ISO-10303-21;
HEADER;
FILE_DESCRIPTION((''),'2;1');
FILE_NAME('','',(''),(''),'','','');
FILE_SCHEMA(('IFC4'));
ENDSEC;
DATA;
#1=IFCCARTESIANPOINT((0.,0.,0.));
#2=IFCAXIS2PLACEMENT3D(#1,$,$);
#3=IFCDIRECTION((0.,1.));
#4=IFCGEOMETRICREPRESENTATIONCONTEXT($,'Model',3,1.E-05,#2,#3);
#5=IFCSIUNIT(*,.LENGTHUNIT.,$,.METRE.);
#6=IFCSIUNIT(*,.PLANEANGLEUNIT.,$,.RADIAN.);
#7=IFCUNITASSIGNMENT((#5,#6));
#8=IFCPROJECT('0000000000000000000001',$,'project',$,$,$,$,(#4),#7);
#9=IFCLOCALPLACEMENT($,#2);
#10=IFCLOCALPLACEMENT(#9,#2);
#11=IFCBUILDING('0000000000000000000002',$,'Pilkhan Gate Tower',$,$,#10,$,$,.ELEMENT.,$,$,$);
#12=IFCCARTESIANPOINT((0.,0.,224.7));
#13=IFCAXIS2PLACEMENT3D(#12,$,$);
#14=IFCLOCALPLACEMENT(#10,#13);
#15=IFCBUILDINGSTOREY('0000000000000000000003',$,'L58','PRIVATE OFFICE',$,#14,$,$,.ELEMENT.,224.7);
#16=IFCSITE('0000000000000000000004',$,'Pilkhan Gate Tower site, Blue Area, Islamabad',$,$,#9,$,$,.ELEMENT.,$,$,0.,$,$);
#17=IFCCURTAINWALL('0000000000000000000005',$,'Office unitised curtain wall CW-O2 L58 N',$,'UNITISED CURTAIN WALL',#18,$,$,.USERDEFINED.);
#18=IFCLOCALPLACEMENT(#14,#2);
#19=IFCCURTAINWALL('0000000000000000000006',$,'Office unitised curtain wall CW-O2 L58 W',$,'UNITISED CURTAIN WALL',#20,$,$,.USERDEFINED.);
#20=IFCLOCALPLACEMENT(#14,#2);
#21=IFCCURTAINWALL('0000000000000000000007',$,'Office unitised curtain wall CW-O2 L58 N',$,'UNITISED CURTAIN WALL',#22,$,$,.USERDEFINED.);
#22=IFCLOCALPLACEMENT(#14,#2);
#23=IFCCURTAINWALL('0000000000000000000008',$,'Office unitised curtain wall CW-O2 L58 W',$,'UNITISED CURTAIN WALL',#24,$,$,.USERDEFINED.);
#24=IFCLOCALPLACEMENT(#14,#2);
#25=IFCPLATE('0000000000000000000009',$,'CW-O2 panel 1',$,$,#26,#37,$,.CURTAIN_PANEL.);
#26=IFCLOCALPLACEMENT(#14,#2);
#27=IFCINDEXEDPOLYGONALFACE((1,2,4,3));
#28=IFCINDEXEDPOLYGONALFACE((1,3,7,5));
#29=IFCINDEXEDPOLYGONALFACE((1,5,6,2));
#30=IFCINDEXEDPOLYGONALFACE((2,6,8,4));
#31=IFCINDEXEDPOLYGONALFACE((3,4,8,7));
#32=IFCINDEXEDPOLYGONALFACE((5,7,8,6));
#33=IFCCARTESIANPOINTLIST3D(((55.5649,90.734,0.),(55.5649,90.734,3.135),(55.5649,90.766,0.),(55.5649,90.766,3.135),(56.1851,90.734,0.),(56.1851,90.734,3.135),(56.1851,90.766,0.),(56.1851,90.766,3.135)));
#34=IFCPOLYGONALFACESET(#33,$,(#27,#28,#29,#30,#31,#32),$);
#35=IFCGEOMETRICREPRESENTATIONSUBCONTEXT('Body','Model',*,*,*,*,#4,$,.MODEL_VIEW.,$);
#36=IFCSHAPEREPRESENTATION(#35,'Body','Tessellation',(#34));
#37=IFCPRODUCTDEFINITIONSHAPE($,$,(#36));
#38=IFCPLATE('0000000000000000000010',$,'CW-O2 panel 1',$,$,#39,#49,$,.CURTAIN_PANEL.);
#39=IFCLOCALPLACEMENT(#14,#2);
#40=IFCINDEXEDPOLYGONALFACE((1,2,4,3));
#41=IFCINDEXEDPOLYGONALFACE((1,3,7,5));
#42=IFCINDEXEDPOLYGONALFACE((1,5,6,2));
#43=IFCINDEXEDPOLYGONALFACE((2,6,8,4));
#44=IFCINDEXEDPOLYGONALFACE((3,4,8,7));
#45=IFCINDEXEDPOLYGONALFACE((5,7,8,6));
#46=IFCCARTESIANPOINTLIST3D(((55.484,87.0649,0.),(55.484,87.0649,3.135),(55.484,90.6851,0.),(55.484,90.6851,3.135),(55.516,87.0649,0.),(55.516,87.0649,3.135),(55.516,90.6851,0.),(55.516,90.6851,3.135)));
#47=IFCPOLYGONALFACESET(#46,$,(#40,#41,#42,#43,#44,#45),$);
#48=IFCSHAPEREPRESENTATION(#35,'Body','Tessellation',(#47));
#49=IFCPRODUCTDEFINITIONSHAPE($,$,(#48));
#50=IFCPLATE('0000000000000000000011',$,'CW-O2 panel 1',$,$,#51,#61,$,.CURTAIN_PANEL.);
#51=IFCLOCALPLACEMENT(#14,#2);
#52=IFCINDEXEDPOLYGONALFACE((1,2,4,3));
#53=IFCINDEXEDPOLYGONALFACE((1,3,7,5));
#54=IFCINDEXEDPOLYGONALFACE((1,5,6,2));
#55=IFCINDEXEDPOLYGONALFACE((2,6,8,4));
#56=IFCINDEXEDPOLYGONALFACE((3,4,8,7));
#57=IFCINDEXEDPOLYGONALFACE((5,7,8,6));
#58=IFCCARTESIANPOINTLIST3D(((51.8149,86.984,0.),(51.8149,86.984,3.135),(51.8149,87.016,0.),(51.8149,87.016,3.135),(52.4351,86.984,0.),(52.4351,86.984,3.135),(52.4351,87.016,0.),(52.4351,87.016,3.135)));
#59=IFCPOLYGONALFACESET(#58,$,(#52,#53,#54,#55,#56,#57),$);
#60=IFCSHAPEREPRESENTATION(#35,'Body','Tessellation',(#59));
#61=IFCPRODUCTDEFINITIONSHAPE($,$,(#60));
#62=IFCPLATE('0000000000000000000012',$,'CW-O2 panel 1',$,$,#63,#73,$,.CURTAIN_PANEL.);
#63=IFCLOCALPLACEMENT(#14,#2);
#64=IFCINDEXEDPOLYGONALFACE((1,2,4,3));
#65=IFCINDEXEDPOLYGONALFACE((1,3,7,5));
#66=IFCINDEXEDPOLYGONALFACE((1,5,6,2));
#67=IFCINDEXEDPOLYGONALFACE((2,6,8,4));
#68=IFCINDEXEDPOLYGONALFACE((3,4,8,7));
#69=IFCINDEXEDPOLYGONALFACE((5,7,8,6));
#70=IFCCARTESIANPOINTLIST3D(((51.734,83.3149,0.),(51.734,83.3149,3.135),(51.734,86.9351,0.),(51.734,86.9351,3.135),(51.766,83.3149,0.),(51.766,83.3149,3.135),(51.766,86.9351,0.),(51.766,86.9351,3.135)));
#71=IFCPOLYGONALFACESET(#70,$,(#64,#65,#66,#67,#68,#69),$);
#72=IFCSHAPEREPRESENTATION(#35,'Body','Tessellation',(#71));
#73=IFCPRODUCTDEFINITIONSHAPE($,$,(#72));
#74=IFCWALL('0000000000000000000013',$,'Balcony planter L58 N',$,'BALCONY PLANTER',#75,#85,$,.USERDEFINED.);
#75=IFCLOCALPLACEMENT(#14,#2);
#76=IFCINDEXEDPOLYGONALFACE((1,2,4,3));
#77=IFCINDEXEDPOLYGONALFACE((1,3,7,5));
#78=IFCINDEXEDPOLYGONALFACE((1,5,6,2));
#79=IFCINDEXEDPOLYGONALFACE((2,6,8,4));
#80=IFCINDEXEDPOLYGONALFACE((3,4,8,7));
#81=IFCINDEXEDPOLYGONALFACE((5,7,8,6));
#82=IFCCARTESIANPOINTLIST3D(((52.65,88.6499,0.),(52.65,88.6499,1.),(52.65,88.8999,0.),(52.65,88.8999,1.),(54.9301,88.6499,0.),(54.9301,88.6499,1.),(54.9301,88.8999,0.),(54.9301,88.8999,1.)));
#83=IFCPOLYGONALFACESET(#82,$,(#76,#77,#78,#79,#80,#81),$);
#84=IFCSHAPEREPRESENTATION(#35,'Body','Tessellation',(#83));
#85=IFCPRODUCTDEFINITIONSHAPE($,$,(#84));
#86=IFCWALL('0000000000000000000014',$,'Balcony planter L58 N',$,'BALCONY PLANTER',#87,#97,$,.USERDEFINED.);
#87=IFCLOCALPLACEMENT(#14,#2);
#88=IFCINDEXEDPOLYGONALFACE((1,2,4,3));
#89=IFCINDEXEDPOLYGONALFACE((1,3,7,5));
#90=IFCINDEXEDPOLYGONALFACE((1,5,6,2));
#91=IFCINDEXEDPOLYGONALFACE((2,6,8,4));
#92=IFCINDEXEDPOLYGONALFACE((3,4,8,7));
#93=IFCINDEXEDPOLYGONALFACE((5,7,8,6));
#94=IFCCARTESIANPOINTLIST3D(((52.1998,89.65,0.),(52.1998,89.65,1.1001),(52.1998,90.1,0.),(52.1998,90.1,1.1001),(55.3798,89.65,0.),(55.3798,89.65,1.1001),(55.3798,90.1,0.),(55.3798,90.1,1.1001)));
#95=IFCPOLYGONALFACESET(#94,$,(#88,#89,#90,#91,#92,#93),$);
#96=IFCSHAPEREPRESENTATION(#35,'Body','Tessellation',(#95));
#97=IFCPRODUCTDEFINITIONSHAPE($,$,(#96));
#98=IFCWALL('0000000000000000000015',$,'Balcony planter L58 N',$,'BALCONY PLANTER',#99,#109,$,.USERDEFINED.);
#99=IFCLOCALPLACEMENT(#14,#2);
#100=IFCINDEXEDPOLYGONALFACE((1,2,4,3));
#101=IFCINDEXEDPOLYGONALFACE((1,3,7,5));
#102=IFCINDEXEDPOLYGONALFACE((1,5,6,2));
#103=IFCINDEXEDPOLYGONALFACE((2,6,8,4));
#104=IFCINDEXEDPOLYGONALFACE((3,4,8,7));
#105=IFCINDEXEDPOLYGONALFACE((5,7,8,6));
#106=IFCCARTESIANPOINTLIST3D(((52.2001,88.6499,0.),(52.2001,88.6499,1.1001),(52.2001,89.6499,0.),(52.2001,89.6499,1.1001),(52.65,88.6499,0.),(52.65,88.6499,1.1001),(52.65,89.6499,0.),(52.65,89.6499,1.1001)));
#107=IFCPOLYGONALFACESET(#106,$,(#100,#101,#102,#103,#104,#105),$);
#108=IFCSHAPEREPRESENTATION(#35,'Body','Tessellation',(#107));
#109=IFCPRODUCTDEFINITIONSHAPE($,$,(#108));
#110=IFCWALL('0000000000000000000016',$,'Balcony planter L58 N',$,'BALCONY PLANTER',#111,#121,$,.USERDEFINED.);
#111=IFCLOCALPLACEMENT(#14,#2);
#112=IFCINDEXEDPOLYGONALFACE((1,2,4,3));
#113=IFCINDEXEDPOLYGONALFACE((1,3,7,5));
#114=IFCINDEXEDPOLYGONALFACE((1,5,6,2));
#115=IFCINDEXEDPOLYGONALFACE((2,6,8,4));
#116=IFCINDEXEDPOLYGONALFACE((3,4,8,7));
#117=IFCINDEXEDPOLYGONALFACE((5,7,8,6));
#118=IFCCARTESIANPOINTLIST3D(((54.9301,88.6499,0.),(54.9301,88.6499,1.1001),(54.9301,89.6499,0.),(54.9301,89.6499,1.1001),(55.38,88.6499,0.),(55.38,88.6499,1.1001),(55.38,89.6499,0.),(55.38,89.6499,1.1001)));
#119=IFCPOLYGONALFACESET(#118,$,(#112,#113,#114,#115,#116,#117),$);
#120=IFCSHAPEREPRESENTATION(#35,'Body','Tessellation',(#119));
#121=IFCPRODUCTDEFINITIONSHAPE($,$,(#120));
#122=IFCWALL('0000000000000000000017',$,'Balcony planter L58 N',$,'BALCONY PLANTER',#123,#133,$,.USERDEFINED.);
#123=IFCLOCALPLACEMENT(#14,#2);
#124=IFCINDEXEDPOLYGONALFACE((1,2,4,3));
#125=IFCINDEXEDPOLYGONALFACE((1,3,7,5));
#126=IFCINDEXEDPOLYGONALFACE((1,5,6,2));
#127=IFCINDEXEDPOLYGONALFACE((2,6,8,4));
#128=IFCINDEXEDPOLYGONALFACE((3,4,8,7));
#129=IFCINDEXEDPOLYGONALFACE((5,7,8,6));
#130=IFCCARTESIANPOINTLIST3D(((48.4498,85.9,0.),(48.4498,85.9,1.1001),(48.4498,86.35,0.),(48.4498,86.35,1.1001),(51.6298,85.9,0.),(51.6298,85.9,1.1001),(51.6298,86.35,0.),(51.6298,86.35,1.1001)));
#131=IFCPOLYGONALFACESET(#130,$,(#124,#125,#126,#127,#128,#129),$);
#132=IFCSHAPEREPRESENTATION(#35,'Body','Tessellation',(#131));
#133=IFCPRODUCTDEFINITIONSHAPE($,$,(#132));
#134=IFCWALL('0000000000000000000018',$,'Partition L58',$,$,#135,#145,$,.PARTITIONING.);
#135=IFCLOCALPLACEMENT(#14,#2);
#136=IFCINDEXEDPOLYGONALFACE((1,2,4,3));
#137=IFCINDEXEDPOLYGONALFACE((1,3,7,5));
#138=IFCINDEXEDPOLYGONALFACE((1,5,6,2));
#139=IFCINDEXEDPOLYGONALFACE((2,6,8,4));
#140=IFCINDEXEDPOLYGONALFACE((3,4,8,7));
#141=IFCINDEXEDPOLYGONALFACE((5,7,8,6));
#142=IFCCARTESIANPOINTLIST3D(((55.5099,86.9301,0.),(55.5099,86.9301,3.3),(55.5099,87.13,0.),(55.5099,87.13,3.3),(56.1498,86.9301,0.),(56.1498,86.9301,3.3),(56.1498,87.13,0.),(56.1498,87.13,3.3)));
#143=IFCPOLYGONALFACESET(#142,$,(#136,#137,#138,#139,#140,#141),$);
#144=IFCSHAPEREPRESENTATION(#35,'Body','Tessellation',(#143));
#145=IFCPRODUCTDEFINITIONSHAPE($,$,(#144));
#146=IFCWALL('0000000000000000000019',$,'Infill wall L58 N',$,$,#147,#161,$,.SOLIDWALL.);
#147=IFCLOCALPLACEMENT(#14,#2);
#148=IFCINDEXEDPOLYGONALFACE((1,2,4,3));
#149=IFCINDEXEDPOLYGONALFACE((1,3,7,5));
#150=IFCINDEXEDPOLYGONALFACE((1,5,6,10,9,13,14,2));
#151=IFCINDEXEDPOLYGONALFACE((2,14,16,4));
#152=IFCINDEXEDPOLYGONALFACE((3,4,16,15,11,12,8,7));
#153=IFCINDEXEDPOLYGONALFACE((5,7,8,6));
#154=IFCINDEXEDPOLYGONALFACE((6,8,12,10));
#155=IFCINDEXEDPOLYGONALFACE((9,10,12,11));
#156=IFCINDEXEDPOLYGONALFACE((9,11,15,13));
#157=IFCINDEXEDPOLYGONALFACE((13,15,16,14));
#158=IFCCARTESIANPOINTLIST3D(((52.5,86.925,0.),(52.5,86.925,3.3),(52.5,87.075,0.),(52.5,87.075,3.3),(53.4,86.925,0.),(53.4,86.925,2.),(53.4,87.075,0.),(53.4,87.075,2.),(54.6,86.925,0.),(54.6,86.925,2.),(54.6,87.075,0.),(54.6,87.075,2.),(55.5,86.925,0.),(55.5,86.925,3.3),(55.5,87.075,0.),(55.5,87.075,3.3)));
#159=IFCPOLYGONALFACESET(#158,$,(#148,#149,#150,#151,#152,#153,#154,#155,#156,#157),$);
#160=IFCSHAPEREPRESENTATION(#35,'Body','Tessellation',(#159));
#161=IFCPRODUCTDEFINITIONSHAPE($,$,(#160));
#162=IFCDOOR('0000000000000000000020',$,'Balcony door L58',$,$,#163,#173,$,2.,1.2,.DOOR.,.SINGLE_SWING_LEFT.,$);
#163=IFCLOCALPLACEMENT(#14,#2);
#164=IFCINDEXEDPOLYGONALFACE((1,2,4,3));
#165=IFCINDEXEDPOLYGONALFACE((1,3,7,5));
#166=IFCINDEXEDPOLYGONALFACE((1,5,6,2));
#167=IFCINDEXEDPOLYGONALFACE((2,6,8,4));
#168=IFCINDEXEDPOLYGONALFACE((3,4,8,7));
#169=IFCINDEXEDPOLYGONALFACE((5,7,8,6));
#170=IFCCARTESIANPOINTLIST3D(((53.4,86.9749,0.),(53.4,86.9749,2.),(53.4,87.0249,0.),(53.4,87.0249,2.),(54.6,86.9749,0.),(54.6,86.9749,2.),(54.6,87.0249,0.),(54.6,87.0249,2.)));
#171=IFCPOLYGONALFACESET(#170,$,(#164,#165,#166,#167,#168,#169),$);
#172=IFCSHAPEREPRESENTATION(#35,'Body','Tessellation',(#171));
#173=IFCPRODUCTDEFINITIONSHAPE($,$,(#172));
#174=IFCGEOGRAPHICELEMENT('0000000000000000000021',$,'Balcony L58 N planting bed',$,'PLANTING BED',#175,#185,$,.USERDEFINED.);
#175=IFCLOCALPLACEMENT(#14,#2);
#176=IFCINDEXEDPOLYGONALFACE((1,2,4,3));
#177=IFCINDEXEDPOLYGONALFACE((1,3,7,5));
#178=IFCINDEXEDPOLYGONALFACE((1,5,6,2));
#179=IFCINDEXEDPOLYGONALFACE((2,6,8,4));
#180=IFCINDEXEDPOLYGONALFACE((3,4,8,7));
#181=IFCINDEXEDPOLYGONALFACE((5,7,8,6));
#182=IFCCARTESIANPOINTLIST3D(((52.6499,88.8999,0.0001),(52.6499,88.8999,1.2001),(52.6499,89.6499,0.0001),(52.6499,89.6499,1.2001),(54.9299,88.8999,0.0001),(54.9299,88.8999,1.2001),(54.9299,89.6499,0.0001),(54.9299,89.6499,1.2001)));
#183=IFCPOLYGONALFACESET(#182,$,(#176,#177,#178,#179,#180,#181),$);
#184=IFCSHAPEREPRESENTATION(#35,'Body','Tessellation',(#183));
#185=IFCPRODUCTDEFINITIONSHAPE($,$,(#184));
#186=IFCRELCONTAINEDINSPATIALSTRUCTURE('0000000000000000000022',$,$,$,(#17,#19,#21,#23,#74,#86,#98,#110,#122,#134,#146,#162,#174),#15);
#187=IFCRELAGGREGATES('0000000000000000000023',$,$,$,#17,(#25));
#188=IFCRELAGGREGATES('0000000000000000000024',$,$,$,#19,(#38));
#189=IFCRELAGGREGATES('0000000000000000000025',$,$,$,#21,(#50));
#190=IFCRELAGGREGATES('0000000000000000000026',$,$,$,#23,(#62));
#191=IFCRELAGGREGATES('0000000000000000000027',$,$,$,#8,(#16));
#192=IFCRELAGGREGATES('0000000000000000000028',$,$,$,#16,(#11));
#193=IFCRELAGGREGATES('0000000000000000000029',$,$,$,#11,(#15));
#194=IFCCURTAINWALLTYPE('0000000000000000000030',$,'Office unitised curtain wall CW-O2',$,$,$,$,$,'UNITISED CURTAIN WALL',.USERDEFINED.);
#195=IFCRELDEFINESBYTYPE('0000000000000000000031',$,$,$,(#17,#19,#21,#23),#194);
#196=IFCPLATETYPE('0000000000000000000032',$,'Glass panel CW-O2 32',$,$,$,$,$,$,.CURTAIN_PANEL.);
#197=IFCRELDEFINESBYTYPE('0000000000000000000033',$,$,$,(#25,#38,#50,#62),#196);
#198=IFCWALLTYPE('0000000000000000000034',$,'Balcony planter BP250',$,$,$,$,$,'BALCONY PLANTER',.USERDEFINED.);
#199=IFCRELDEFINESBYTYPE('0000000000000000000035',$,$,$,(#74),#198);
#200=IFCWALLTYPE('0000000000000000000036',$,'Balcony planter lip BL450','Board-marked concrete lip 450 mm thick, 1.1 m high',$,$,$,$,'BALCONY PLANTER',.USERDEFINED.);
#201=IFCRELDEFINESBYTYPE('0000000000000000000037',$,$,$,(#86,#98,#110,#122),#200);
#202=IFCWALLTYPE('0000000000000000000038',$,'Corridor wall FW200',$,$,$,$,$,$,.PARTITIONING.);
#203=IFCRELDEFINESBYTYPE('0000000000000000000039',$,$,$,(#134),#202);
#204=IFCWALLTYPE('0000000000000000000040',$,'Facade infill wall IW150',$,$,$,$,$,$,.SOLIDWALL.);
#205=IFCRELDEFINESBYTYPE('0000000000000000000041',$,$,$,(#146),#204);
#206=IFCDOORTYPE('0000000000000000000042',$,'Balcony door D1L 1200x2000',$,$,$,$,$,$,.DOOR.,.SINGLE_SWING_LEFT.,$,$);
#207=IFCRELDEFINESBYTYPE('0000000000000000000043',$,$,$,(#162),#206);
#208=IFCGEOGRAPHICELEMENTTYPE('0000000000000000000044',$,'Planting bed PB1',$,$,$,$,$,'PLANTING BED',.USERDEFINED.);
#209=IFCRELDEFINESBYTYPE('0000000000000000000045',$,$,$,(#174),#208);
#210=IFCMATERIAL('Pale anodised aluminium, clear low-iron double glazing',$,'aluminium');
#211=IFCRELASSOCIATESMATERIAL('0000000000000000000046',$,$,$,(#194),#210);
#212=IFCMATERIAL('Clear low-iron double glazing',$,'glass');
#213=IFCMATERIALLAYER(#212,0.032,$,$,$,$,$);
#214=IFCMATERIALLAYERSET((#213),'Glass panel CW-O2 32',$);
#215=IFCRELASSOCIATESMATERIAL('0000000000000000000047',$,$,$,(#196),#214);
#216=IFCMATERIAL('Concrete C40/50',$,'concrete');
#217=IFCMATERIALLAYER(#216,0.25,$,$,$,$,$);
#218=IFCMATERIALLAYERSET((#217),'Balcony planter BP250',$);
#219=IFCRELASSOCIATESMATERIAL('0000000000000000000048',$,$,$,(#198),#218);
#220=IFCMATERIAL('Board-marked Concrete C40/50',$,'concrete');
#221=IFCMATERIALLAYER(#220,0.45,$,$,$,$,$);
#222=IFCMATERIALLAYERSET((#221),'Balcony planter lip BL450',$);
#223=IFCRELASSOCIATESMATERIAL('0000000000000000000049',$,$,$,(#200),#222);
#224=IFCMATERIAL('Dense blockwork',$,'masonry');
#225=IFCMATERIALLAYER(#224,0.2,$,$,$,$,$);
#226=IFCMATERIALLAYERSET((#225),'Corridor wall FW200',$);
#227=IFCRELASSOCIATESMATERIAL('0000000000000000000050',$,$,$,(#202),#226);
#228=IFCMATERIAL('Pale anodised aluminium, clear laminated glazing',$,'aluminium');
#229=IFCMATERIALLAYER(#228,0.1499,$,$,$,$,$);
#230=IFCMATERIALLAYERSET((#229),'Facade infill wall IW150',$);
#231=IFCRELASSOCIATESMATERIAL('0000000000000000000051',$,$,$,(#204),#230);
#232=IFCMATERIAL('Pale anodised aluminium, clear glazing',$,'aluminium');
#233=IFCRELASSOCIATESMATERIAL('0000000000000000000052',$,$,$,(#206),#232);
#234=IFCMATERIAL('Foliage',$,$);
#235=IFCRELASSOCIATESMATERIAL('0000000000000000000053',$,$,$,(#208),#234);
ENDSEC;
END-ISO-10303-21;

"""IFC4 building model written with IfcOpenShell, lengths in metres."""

from ifc_helpers import new_model, si_unit, direction, frame, frame_2d, origin, origin_2d, place, context, subcontext, project, spatial, rectangle, extrude, material, layer, layer_set, material_profile, profile_set, type_object, element, fill, aggregate, save


model = new_model("IFC4")

# Units and contexts
model_context = context("Model", 3, precision=1e-05, world=origin(), true_north=direction((0.0, 1.0)))
body_context = subcontext(model_context, "Body", "Model", "MODEL_VIEW")
ifc_project = project(units=[si_unit("LENGTHUNIT", "METRE"), si_unit("PLANEANGLEUNIT", "RADIAN")], contexts=[model_context])

# Site, building, storey
site_placement = place(None, origin())
site = spatial("IfcSite", under=ifc_project, at=site_placement, Name="Pilkhan Gate Tower site, Blue Area, Islamabad", CompositionType="ELEMENT", RefElevation=0.0)
building_placement = place(site_placement, origin())
building = spatial("IfcBuilding", under=site, at=building_placement, Name="Pilkhan Gate Tower", CompositionType="ELEMENT")
storey_placement = place(building_placement, frame((0.0, 0.0, 224.7)))
storey = spatial("IfcBuildingStorey", under=building, at=storey_placement, Name="L58", Description="PRIVATE OFFICE", CompositionType="ELEMENT", Elevation=224.7)

# Curtain wall
ifc_material_1 = material(Name="Pale anodised aluminium, clear low-iron double glazing", Category="aluminium")
curtain_wall_type = type_object("IfcCurtainWallType", Name="Office unitised curtain wall CW-O2", ElementType="UNITISED CURTAIN WALL", PredefinedType="USERDEFINED", material=ifc_material_1)
curtain_wall_1_placement = place(storey_placement, origin())
curtain_wall_1 = element("IfcCurtainWall", 1, at=curtain_wall_1_placement, inside=storey, type_object=curtain_wall_type, Name="Office unitised curtain wall CW-O2 L58 N", ObjectType="UNITISED CURTAIN WALL", PredefinedType="USERDEFINED")

# Curtain walls
curtain_wall_2_placement = place(storey_placement, origin())
curtain_wall_2 = element("IfcCurtainWall", 2, at=curtain_wall_2_placement, inside=storey, type_object=curtain_wall_type, Name="Office unitised curtain wall CW-O2 L58 W", ObjectType="UNITISED CURTAIN WALL", PredefinedType="USERDEFINED")
curtain_wall_3_placement = place(storey_placement, origin())
curtain_wall_3 = element("IfcCurtainWall", 3, at=curtain_wall_3_placement, inside=storey, type_object=curtain_wall_type, Name="Office unitised curtain wall CW-O2 L58 N", ObjectType="UNITISED CURTAIN WALL", PredefinedType="USERDEFINED")

# Curtain wall
curtain_wall_4_placement = place(storey_placement, origin())
curtain_wall_4 = element("IfcCurtainWall", 4, at=curtain_wall_4_placement, inside=storey, type_object=curtain_wall_type, Name="Office unitised curtain wall CW-O2 L58 W", ObjectType="UNITISED CURTAIN WALL", PredefinedType="USERDEFINED")

# Plates
ifc_material_2 = material(Name="Clear low-iron double glazing", Category="glass")
ifc_layer_1 = layer(ifc_material_2, 0.032)
ifc_layer_set_1 = layer_set([ifc_layer_1], Name="Glass panel CW-O2 32")
plate_type = type_object("IfcPlateType", Name="Glass panel CW-O2 32", PredefinedType="CURTAIN_PANEL", material=ifc_layer_set_1)
plate_1_placement = place(storey_placement, frame((55.875, 90.75, 0.0), z_axis=(0.0, 0.0, 1.0), x_axis=(1.0, 0.0, 0.0)))
plate_1 = element("IfcPlate", 5, at=plate_1_placement, type_object=plate_type, Name="CW-O2 panel 1", PredefinedType="CURTAIN_PANEL", context=body_context, shape_type="SweptSolid", body=[
    extrude(rectangle(XDim=0.6201, YDim=0.032, at=origin_2d()), origin(), (0.0, 0.0, 1.0), 3.135),
])
aggregate(curtain_wall_1, [plate_1])
plate_2_placement = place(storey_placement, frame((55.5, 88.875, 0.0), z_axis=(0.0, 0.0, 1.0), x_axis=(0.0, 1.0, 0.0)))
plate_2 = element("IfcPlate", 6, at=plate_2_placement, type_object=plate_type, Name="CW-O2 panel 1", PredefinedType="CURTAIN_PANEL", context=body_context, shape_type="SweptSolid", body=[
    extrude(rectangle(XDim=3.6201, YDim=0.032, at=origin_2d()), origin(), (0.0, 0.0, 1.0), 3.135),
])
aggregate(curtain_wall_2, [plate_2])
plate_3_placement = place(storey_placement, frame((52.125, 87.0, 0.0), z_axis=(0.0, 0.0, 1.0), x_axis=(1.0, 0.0, 0.0)))
plate_3 = element("IfcPlate", 7, at=plate_3_placement, type_object=plate_type, Name="CW-O2 panel 1", PredefinedType="CURTAIN_PANEL", context=body_context, shape_type="SweptSolid", body=[
    extrude(rectangle(XDim=0.6201, YDim=0.032, at=origin_2d()), origin(), (0.0, 0.0, 1.0), 3.135),
])
aggregate(curtain_wall_3, [plate_3])
plate_4_placement = place(storey_placement, frame((51.75, 85.125, 0.0), z_axis=(0.0, 0.0, 1.0), x_axis=(0.0, 1.0, 0.0)))
plate_4 = element("IfcPlate", 8, at=plate_4_placement, type_object=plate_type, Name="CW-O2 panel 1", PredefinedType="CURTAIN_PANEL", context=body_context, shape_type="SweptSolid", body=[
    extrude(rectangle(XDim=3.6201, YDim=0.032, at=origin_2d()), origin(), (0.0, 0.0, 1.0), 3.135),
])
aggregate(curtain_wall_4, [plate_4])

# Walls
ifc_material_3 = material(Name="Concrete C40/50", Category="concrete")
ifc_layer_2 = layer(ifc_material_3, 0.25)
ifc_layer_set_2 = layer_set([ifc_layer_2], Name="Balcony planter BP250")
wall_type_1 = type_object("IfcWallType", Name="Balcony planter BP250", ElementType="BALCONY PLANTER", PredefinedType="USERDEFINED", material=ifc_layer_set_2)
wall_1_placement = place(storey_placement, frame((52.6499, 88.7749, 0.0), z_axis=(0.0, 0.0, 1.0), x_axis=(1.0, 0.0, 0.0)))
element("IfcWall", 9, at=wall_1_placement, inside=storey, type_object=wall_type_1, Name="Balcony planter L58 N", ObjectType="BALCONY PLANTER", PredefinedType="USERDEFINED", context=body_context, shape_type="SweptSolid", body=[
    extrude(rectangle(XDim=2.28, YDim=0.25, at=frame_2d((1.1401, 0.0))), origin(), (0.0, 0.0, 1.0), 1.0),
])
ifc_material_4 = material(Name="Board-marked Concrete C40/50", Category="concrete")
ifc_layer_3 = layer(ifc_material_4, 0.45)
ifc_layer_set_3 = layer_set([ifc_layer_3], Name="Balcony planter lip BL450")
wall_type_2 = type_object("IfcWallType", Name="Balcony planter lip BL450", Description="Board-marked concrete lip 450 mm thick, 1.1 m high", ElementType="BALCONY PLANTER", PredefinedType="USERDEFINED", material=ifc_layer_set_3)
wall_2_placement = place(storey_placement, frame((52.2, 89.875, 0.0), z_axis=(0.0, 0.0, 1.0), x_axis=(1.0, 0.0, 0.0)))
element("IfcWall", 10, at=wall_2_placement, inside=storey, type_object=wall_type_2, Name="Balcony planter L58 N", ObjectType="BALCONY PLANTER", PredefinedType="USERDEFINED", context=body_context, shape_type="SweptSolid", body=[
    extrude(rectangle(XDim=3.1799, YDim=0.45, at=frame_2d((1.5898, 0.0))), origin(), (0.0, 0.0, 1.0), 1.1001),
])
for number, where, z_axis, x_axis, name in (
    (11, (52.425, 88.6499, 0.0), (0.0, 0.0, 1.0), (0.0, 1.0, 0.0), "Balcony planter L58 N"),
    (12, (55.155, 88.6499, 0.0), (0.0, 0.0, 1.0), (0.0, 1.0, 0.0), "Balcony planter L58 N"),
):
    element("IfcWall", number, at=place(storey_placement, frame(where, z_axis=z_axis, x_axis=x_axis)), inside=storey, type_object=wall_type_2, Name=name, ObjectType="BALCONY PLANTER", PredefinedType="USERDEFINED", context=body_context, shape_type="SweptSolid", body=[
        extrude(rectangle(XDim=1.0, YDim=0.45, at=frame_2d((0.5, 0.0))), origin(), (0.0, 0.0, 1.0), 1.1001),
    ])
wall_3_placement = place(storey_placement, frame((48.45, 86.125, 0.0), z_axis=(0.0, 0.0, 1.0), x_axis=(1.0, 0.0, 0.0)))
element("IfcWall", 13, at=wall_3_placement, inside=storey, type_object=wall_type_2, Name="Balcony planter L58 N", ObjectType="BALCONY PLANTER", PredefinedType="USERDEFINED", context=body_context, shape_type="SweptSolid", body=[
    extrude(rectangle(XDim=3.1799, YDim=0.45, at=frame_2d((1.5898, 0.0))), origin(), (0.0, 0.0, 1.0), 1.1001),
])
ifc_material_5 = material(Name="Dense blockwork", Category="masonry")
ifc_layer_4 = layer(ifc_material_5, 0.2)
ifc_layer_set_4 = layer_set([ifc_layer_4], Name="Corridor wall FW200")
wall_type_3 = type_object("IfcWallType", Name="Corridor wall FW200", PredefinedType="PARTITIONING", material=ifc_layer_set_4)
wall_4_placement = place(storey_placement, frame((55.51, 87.03, 0.0), z_axis=(0.0, 0.0, 1.0), x_axis=(1.0, 0.0, 0.0)))
element("IfcWall", 14, at=wall_4_placement, inside=storey, type_object=wall_type_3, Name="Partition L58", PredefinedType="PARTITIONING", context=body_context, shape_type="SweptSolid", body=[
    extrude(rectangle(XDim=0.6399, YDim=0.2, at=frame_2d((0.3198, 0.0))), origin(), (0.0, 0.0, 1.0), 3.3),
])

# Wall, opening, door
ifc_material_6 = material(Name="Pale anodised aluminium, clear laminated glazing", Category="aluminium")
ifc_layer_5 = layer(ifc_material_6, 0.1499)
ifc_layer_set_5 = layer_set([ifc_layer_5], Name="Facade infill wall IW150")
wall_type_4 = type_object("IfcWallType", Name="Facade infill wall IW150", PredefinedType="SOLIDWALL", material=ifc_layer_set_5)
wall_5_placement = place(storey_placement, frame((52.5, 87.0, 0.0), z_axis=(0.0, 0.0, 1.0), x_axis=(1.0, 0.0, 0.0)))
wall_5 = element("IfcWall", 15, at=wall_5_placement, inside=storey, type_object=wall_type_4, Name="Infill wall L58 N", PredefinedType="SOLIDWALL", context=body_context, shape_type="SweptSolid", body=[
    extrude(rectangle(XDim=3.0, YDim=0.1499, at=frame_2d((1.5, 0.0))), origin(), (0.0, 0.0, 1.0), 3.3),
])
opening_placement = place(wall_5_placement, frame((0.8999, 0.0, 0.0)))
opening = element("IfcOpeningElement", 16, at=opening_placement, cuts=wall_5, PredefinedType="OPENING", context=body_context, shape_type="SweptSolid", body=[
    extrude(rectangle(XDim=1.2, YDim=2.0, at=frame_2d((0.6001, 1.0))), frame((0.0, 0.085, 0.0), z_axis=(0.0, -1.0, 0.0), x_axis=(1.0, 0.0, 0.0)), (0.0, 0.0, 1.0), 0.1699),
])
ifc_material_7 = material(Name="Pale anodised aluminium, clear glazing", Category="aluminium")
door_type = type_object("IfcDoorType", Name="Balcony door D1L 1200x2000", OperationType="SINGLE_SWING_LEFT", PredefinedType="DOOR", material=ifc_material_7)
door_placement = place(opening_placement, origin())
door = element("IfcDoor", 17, at=door_placement, inside=storey, type_object=door_type, Name="Balcony door L58", OperationType="SINGLE_SWING_LEFT", OverallHeight=2.0, OverallWidth=1.2, PredefinedType="DOOR", context=body_context, shape_type="SweptSolid", body=[
    extrude(rectangle(XDim=1.2, YDim=2.0, at=frame_2d((0.6001, 1.0))), frame((0.0, 0.0249, 0.0), z_axis=(0.0, -1.0, 0.0), x_axis=(1.0, 0.0, 0.0)), (0.0, 0.0, 1.0), 0.05),
])
fill(opening, door)

# Geographic element
ifc_material_8 = material(Name="Foliage")
ifc_material_profile_1 = material_profile(ifc_material_8, rectangle(XDim=0.75, YDim=1.2, at=origin_2d()), Name="Bed 750x1200")
ifc_profile_set_1 = profile_set([ifc_material_profile_1], Name="Foliage")
geographic_element_type_1 = type_object("IfcGeographicElementType", Name="Planting bed PB1", ElementType="PLANTING BED", PredefinedType="USERDEFINED", material=ifc_profile_set_1)
for number, where, z_axis, x_axis, name in (
    (18, (52.6499, 89.2749, 0.6001), (1.0, 0.0, 0.0), (0.0, 1.0, 0.0), "Balcony L58 N planting bed"),
):
    element("IfcGeographicElement", number, at=place(storey_placement, frame(where, z_axis=z_axis, x_axis=x_axis)), inside=storey, type_object=geographic_element_type_1, Name=name, ObjectType="PLANTING BED", PredefinedType="USERDEFINED", context=body_context, shape_type="SweptSolid", body=[
        extrude(rectangle(XDim=0.75, YDim=1.2, at=origin_2d()), origin(), (0.0, 0.0, 1.0), 2.28),
    ])

save(model, "model.ifc")
